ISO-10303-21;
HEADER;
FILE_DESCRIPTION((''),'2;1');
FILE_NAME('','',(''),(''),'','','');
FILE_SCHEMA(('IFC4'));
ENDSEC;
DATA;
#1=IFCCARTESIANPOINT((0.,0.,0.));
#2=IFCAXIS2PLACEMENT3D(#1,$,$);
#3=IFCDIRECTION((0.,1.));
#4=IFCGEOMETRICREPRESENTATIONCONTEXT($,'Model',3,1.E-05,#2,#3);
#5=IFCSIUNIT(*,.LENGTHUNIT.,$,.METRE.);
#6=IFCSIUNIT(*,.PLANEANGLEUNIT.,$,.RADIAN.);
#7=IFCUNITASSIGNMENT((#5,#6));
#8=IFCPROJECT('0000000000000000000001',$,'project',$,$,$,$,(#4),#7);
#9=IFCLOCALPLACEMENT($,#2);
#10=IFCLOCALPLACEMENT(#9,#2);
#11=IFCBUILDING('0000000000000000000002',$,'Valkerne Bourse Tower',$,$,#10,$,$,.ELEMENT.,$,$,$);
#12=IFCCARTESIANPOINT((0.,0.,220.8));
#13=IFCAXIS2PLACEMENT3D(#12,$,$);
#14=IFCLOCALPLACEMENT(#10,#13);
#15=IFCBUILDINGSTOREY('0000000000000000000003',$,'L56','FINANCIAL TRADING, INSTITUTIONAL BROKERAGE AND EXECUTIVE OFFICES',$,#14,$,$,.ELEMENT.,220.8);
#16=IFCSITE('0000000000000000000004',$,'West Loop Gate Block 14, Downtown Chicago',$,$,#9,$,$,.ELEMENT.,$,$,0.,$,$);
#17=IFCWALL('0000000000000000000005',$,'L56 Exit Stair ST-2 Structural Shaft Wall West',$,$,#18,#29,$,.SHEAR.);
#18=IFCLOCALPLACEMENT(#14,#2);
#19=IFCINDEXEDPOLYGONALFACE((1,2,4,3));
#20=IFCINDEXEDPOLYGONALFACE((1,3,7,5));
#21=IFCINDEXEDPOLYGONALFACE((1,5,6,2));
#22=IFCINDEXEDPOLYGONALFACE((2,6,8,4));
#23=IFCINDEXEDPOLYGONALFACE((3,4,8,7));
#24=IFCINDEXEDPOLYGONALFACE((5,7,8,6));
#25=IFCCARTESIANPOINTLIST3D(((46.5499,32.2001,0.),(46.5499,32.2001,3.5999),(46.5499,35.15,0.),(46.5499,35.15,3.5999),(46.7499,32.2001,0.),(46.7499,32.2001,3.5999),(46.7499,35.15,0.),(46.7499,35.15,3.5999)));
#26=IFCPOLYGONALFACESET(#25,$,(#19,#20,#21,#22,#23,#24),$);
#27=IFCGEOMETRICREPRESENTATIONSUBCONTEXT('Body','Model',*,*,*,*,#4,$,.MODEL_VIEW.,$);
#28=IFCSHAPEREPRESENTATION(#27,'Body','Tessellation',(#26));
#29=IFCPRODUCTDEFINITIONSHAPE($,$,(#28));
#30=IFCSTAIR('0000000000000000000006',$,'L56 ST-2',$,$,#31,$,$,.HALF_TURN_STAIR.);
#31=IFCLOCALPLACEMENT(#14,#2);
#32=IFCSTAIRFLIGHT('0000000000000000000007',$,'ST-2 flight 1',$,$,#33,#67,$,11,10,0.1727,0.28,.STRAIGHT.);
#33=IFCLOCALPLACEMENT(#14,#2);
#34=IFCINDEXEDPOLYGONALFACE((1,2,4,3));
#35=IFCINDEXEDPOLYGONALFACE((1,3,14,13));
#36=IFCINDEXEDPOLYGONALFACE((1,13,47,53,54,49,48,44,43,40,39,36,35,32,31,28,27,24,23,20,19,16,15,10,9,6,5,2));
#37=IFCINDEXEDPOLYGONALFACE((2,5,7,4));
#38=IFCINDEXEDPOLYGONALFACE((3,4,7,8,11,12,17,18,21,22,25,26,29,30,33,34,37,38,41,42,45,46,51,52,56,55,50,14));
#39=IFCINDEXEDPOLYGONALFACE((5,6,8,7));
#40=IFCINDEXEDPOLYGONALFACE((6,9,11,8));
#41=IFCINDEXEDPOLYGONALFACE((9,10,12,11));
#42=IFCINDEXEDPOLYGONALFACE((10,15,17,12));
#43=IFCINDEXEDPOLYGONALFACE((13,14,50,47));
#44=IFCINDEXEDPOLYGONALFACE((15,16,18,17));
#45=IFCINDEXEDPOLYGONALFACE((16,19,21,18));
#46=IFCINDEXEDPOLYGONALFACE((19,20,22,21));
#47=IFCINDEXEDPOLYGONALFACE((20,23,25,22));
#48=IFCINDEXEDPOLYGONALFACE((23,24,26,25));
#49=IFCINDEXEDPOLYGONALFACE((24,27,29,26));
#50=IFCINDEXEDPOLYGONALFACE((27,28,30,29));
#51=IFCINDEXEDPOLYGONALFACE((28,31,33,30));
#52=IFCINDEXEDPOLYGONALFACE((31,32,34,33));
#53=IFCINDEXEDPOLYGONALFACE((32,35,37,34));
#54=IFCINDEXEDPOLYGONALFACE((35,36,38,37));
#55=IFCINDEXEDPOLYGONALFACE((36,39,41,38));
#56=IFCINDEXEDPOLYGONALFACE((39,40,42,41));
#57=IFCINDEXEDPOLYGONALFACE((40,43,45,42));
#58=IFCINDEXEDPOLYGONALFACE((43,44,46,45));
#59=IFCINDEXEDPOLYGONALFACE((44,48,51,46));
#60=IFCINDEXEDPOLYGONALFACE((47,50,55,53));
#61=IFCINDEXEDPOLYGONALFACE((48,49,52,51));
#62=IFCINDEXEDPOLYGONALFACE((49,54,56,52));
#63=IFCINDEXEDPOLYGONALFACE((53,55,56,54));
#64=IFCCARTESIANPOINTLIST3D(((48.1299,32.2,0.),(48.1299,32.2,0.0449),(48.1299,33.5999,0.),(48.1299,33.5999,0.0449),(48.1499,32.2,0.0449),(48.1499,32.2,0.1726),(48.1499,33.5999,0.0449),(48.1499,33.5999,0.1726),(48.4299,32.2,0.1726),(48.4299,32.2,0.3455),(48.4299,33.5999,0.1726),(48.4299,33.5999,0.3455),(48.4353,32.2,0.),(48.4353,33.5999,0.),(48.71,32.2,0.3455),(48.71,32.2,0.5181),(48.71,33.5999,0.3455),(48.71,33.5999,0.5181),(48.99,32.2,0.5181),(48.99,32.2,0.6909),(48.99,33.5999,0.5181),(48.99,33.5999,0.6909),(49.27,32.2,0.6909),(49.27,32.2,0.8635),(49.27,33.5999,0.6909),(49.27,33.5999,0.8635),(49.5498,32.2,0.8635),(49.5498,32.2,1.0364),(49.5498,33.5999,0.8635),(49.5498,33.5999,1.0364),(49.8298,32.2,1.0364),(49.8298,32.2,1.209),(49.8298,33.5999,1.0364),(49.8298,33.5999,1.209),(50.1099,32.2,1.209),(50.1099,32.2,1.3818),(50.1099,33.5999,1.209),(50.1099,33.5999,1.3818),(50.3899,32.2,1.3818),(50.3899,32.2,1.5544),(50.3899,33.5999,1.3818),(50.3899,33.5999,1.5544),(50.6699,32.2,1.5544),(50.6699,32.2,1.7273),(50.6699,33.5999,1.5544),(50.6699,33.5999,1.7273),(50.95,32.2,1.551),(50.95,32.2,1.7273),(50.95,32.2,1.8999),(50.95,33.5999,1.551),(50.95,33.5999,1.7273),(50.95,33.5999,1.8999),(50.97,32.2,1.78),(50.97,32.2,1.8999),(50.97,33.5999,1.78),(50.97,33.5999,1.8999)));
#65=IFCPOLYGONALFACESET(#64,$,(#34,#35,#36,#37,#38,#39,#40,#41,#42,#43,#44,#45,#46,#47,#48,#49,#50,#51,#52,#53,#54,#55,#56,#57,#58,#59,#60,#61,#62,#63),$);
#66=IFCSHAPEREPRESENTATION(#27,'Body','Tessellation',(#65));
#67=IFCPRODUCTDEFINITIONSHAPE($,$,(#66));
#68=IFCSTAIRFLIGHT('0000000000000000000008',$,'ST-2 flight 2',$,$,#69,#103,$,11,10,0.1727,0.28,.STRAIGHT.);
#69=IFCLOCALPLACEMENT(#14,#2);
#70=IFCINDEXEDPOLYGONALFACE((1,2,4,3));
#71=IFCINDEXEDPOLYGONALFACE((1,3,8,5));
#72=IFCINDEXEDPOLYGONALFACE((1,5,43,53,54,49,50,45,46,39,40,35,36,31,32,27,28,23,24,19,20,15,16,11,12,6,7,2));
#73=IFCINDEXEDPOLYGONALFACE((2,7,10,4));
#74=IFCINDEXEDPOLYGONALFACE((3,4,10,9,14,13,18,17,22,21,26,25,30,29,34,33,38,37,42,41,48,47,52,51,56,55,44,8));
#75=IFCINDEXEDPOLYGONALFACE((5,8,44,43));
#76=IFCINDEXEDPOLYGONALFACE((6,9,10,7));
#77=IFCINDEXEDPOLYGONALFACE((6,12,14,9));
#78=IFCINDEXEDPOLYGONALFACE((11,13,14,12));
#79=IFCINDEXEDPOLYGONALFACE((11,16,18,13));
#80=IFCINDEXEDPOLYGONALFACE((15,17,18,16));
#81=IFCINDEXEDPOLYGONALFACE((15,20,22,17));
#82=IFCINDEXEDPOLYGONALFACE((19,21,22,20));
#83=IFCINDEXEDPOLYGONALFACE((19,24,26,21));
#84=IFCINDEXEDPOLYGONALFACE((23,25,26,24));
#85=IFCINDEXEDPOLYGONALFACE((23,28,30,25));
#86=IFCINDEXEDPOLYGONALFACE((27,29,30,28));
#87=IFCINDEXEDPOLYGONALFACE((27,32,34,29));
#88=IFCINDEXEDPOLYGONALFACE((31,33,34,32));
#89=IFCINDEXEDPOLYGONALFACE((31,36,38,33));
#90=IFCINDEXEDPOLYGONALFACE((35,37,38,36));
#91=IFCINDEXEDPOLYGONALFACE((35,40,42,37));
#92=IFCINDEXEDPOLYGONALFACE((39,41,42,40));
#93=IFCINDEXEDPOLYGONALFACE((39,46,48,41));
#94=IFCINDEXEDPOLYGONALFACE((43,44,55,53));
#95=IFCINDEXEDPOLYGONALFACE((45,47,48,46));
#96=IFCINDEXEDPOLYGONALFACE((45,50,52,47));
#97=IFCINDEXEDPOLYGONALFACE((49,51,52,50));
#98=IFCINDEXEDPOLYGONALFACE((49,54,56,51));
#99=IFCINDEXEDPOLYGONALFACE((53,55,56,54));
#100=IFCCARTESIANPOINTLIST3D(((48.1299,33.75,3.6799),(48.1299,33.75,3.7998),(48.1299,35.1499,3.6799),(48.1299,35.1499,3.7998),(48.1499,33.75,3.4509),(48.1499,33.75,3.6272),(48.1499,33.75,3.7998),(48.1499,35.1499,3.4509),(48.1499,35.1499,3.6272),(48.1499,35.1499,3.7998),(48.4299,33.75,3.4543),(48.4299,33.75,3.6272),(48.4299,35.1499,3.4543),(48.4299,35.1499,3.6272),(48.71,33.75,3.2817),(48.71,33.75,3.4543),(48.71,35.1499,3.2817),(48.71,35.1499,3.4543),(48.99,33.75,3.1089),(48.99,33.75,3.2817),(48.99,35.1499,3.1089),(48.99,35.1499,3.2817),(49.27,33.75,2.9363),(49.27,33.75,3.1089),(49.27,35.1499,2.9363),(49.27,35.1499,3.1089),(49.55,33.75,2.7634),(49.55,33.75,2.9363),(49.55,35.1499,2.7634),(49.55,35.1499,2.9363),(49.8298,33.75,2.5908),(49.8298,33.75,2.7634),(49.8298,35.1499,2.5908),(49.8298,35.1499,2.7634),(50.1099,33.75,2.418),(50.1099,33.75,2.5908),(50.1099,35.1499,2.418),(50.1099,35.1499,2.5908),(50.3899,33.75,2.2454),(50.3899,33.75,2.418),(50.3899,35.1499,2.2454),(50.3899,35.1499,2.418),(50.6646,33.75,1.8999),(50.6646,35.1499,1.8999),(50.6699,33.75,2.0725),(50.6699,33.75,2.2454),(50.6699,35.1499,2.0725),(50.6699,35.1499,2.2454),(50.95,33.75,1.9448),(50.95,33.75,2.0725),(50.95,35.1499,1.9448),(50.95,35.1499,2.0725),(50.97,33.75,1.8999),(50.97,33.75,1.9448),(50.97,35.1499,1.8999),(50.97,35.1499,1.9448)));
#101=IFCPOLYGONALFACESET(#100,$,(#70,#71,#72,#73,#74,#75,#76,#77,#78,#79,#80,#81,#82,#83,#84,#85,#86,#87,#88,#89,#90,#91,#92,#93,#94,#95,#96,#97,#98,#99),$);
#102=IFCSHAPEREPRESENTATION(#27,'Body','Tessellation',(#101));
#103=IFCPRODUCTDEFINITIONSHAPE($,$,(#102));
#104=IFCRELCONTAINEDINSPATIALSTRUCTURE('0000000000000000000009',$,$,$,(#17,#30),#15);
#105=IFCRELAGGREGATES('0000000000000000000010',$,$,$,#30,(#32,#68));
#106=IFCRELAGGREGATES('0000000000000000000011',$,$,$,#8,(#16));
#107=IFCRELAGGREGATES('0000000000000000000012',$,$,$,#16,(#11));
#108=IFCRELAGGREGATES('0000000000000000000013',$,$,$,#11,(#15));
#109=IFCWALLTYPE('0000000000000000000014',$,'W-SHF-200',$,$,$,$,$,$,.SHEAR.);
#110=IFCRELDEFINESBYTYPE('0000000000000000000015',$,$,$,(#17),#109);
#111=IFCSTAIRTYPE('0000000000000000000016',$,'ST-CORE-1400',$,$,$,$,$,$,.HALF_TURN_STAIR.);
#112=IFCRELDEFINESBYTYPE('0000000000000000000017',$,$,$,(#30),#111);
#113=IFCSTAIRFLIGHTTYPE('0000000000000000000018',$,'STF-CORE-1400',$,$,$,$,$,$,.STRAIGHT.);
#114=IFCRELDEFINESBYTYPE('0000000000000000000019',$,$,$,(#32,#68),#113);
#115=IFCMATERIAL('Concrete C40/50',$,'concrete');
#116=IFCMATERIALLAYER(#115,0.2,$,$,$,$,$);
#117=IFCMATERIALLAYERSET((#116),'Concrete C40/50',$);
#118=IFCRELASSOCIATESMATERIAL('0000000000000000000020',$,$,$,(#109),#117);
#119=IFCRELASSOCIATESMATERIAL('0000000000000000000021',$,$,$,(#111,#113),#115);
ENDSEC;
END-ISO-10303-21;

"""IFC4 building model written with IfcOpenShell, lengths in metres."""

from ifc_helpers import new_model, si_unit, direction, frame, frame_2d, origin, place, context, subcontext, project, spatial, polyline, rectangle, outline, extrude, material, layer, layer_set, type_object, element, aggregate, save


model = new_model("IFC4")

# Units and contexts
model_context = context("Model", 3, precision=1e-05, world=origin(), true_north=direction((0.0, 1.0)))
body_context = subcontext(model_context, "Body", "Model", "MODEL_VIEW")
ifc_project = project(units=[si_unit("LENGTHUNIT", "METRE"), si_unit("PLANEANGLEUNIT", "RADIAN")], contexts=[model_context])

# Site, building, storey
site_placement = place(None, origin())
site = spatial("IfcSite", under=ifc_project, at=site_placement, Name="West Loop Gate Block 14, Downtown Chicago", CompositionType="ELEMENT", RefElevation=0.0)
building_placement = place(site_placement, origin())
building = spatial("IfcBuilding", under=site, at=building_placement, Name="Valkerne Bourse Tower", CompositionType="ELEMENT")
storey_placement = place(building_placement, frame((0.0, 0.0, 220.8)))
storey = spatial("IfcBuildingStorey", under=building, at=storey_placement, Name="L56", Description="FINANCIAL TRADING, INSTITUTIONAL BROKERAGE AND EXECUTIVE OFFICES", CompositionType="ELEMENT", Elevation=220.8)

# Shared definitions
ifc_material_1 = material(Name="Concrete C40/50", Category="concrete")
ifc_layer_1 = layer(ifc_material_1, 0.2)
ifc_layer_set_1 = layer_set([ifc_layer_1], Name="Concrete C40/50")
wall_type_1 = type_object("IfcWallType", Name="W-SHF-200", PredefinedType="SHEAR", material=ifc_layer_set_1)

# Wall
wall_1_placement = place(storey_placement, frame((46.6499, 32.2, 0.0), z_axis=(0.0, 0.0, 1.0), x_axis=(0.0, 1.0, 0.0)))
element("IfcWall", 1, at=wall_1_placement, inside=storey, type_object=wall_type_1, Name="L56 Exit Stair ST-2 Structural Shaft Wall West", PredefinedType="SHEAR", context=body_context, shape_type="SweptSolid", body=[
    extrude(rectangle(XDim=2.95, YDim=0.2, at=frame_2d((1.4751, 0.0))), origin(), (0.0, 0.0, 1.0), 3.5999),
])

# Stair, stair flights
stair_type = type_object("IfcStairType", Name="ST-CORE-1400", PredefinedType="HALF_TURN_STAIR", material=ifc_material_1)
stair_placement = place(storey_placement, origin())
stair = element("IfcStair", 2, at=stair_placement, inside=storey, type_object=stair_type, Name="L56 ST-2", PredefinedType="HALF_TURN_STAIR")
stair_flight_type = type_object("IfcStairFlightType", Name="STF-CORE-1400", PredefinedType="STRAIGHT", material=ifc_material_1)
stair_flight_1_placement = place(storey_placement, frame((48.1499, 32.8999, 0.0), z_axis=(0.0, 0.0, 1.0), x_axis=(1.0, 0.0, 0.0)))
stair_flight_1 = element("IfcStairFlight", 3, at=stair_flight_1_placement, type_object=stair_flight_type, Name="ST-2 flight 1", NumberOfRisers=11, NumberOfTreads=10, PredefinedType="STRAIGHT", RiserHeight=0.1727, TreadLength=0.28, context=body_context, shape_type="SweptSolid", body=[
    extrude(outline(polyline([(-0.02, 0.0), (-0.02, 0.0449), (0.0, 0.0449), (0.0, 0.1726), (0.28, 0.1726), (0.28, 0.3455), (0.5601, 0.3455), (0.5601, 0.5181), (0.8401, 0.5181), (0.8401, 0.6909), (1.1201, 0.6909), (1.1201, 0.8635), (1.3999, 0.8635), (1.3999, 1.0364), (1.6799, 1.0364), (1.6799, 1.209), (1.96, 1.209), (1.96, 1.3818), (2.24, 1.3818), (2.24, 1.5544), (2.52, 1.5544), (2.52, 1.7273), (2.8, 1.7273), (2.8, 1.8999), (2.8201, 1.8999), (2.8201, 1.78), (2.8, 1.551), (0.2854, 0.0), (-0.02, 0.0)])), frame((0.0, 0.7, 0.0), z_axis=(0.0, -1.0, 0.0), x_axis=(1.0, 0.0, 0.0)), (0.0, 0.0, 1.0), 1.3999),
])
stair_flight_2_placement = place(storey_placement, frame((50.95, 34.45, 1.8999), z_axis=(0.0, 0.0, 1.0), x_axis=(-1.0, 0.0, 0.0)))
stair_flight_2 = element("IfcStairFlight", 4, at=stair_flight_2_placement, type_object=stair_flight_type, Name="ST-2 flight 2", NumberOfRisers=11, NumberOfTreads=10, PredefinedType="STRAIGHT", RiserHeight=0.1727, TreadLength=0.28, context=body_context, shape_type="SweptSolid", body=[
    extrude(outline(polyline([(-0.02, 0.0), (-0.02, 0.0449), (0.0, 0.0449), (0.0, 0.1726), (0.28, 0.1726), (0.28, 0.3455), (0.5601, 0.3455), (0.5601, 0.5181), (0.8401, 0.5181), (0.8401, 0.6909), (1.1201, 0.6909), (1.1201, 0.8635), (1.3999, 0.8635), (1.3999, 1.0364), (1.6799, 1.0364), (1.6799, 1.209), (1.96, 1.209), (1.96, 1.3818), (2.24, 1.3818), (2.24, 1.5544), (2.52, 1.5544), (2.52, 1.7273), (2.8, 1.7273), (2.8, 1.8999), (2.8201, 1.8999), (2.8201, 1.78), (2.8, 1.551), (0.2854, 0.0), (-0.02, 0.0)])), frame((0.0, 0.7, 0.0), z_axis=(0.0, -1.0, 0.0), x_axis=(1.0, 0.0, 0.0)), (0.0, 0.0, 1.0), 1.3999),
])
aggregate(stair, [stair_flight_1, stair_flight_2])

save(model, "model.ifc")
